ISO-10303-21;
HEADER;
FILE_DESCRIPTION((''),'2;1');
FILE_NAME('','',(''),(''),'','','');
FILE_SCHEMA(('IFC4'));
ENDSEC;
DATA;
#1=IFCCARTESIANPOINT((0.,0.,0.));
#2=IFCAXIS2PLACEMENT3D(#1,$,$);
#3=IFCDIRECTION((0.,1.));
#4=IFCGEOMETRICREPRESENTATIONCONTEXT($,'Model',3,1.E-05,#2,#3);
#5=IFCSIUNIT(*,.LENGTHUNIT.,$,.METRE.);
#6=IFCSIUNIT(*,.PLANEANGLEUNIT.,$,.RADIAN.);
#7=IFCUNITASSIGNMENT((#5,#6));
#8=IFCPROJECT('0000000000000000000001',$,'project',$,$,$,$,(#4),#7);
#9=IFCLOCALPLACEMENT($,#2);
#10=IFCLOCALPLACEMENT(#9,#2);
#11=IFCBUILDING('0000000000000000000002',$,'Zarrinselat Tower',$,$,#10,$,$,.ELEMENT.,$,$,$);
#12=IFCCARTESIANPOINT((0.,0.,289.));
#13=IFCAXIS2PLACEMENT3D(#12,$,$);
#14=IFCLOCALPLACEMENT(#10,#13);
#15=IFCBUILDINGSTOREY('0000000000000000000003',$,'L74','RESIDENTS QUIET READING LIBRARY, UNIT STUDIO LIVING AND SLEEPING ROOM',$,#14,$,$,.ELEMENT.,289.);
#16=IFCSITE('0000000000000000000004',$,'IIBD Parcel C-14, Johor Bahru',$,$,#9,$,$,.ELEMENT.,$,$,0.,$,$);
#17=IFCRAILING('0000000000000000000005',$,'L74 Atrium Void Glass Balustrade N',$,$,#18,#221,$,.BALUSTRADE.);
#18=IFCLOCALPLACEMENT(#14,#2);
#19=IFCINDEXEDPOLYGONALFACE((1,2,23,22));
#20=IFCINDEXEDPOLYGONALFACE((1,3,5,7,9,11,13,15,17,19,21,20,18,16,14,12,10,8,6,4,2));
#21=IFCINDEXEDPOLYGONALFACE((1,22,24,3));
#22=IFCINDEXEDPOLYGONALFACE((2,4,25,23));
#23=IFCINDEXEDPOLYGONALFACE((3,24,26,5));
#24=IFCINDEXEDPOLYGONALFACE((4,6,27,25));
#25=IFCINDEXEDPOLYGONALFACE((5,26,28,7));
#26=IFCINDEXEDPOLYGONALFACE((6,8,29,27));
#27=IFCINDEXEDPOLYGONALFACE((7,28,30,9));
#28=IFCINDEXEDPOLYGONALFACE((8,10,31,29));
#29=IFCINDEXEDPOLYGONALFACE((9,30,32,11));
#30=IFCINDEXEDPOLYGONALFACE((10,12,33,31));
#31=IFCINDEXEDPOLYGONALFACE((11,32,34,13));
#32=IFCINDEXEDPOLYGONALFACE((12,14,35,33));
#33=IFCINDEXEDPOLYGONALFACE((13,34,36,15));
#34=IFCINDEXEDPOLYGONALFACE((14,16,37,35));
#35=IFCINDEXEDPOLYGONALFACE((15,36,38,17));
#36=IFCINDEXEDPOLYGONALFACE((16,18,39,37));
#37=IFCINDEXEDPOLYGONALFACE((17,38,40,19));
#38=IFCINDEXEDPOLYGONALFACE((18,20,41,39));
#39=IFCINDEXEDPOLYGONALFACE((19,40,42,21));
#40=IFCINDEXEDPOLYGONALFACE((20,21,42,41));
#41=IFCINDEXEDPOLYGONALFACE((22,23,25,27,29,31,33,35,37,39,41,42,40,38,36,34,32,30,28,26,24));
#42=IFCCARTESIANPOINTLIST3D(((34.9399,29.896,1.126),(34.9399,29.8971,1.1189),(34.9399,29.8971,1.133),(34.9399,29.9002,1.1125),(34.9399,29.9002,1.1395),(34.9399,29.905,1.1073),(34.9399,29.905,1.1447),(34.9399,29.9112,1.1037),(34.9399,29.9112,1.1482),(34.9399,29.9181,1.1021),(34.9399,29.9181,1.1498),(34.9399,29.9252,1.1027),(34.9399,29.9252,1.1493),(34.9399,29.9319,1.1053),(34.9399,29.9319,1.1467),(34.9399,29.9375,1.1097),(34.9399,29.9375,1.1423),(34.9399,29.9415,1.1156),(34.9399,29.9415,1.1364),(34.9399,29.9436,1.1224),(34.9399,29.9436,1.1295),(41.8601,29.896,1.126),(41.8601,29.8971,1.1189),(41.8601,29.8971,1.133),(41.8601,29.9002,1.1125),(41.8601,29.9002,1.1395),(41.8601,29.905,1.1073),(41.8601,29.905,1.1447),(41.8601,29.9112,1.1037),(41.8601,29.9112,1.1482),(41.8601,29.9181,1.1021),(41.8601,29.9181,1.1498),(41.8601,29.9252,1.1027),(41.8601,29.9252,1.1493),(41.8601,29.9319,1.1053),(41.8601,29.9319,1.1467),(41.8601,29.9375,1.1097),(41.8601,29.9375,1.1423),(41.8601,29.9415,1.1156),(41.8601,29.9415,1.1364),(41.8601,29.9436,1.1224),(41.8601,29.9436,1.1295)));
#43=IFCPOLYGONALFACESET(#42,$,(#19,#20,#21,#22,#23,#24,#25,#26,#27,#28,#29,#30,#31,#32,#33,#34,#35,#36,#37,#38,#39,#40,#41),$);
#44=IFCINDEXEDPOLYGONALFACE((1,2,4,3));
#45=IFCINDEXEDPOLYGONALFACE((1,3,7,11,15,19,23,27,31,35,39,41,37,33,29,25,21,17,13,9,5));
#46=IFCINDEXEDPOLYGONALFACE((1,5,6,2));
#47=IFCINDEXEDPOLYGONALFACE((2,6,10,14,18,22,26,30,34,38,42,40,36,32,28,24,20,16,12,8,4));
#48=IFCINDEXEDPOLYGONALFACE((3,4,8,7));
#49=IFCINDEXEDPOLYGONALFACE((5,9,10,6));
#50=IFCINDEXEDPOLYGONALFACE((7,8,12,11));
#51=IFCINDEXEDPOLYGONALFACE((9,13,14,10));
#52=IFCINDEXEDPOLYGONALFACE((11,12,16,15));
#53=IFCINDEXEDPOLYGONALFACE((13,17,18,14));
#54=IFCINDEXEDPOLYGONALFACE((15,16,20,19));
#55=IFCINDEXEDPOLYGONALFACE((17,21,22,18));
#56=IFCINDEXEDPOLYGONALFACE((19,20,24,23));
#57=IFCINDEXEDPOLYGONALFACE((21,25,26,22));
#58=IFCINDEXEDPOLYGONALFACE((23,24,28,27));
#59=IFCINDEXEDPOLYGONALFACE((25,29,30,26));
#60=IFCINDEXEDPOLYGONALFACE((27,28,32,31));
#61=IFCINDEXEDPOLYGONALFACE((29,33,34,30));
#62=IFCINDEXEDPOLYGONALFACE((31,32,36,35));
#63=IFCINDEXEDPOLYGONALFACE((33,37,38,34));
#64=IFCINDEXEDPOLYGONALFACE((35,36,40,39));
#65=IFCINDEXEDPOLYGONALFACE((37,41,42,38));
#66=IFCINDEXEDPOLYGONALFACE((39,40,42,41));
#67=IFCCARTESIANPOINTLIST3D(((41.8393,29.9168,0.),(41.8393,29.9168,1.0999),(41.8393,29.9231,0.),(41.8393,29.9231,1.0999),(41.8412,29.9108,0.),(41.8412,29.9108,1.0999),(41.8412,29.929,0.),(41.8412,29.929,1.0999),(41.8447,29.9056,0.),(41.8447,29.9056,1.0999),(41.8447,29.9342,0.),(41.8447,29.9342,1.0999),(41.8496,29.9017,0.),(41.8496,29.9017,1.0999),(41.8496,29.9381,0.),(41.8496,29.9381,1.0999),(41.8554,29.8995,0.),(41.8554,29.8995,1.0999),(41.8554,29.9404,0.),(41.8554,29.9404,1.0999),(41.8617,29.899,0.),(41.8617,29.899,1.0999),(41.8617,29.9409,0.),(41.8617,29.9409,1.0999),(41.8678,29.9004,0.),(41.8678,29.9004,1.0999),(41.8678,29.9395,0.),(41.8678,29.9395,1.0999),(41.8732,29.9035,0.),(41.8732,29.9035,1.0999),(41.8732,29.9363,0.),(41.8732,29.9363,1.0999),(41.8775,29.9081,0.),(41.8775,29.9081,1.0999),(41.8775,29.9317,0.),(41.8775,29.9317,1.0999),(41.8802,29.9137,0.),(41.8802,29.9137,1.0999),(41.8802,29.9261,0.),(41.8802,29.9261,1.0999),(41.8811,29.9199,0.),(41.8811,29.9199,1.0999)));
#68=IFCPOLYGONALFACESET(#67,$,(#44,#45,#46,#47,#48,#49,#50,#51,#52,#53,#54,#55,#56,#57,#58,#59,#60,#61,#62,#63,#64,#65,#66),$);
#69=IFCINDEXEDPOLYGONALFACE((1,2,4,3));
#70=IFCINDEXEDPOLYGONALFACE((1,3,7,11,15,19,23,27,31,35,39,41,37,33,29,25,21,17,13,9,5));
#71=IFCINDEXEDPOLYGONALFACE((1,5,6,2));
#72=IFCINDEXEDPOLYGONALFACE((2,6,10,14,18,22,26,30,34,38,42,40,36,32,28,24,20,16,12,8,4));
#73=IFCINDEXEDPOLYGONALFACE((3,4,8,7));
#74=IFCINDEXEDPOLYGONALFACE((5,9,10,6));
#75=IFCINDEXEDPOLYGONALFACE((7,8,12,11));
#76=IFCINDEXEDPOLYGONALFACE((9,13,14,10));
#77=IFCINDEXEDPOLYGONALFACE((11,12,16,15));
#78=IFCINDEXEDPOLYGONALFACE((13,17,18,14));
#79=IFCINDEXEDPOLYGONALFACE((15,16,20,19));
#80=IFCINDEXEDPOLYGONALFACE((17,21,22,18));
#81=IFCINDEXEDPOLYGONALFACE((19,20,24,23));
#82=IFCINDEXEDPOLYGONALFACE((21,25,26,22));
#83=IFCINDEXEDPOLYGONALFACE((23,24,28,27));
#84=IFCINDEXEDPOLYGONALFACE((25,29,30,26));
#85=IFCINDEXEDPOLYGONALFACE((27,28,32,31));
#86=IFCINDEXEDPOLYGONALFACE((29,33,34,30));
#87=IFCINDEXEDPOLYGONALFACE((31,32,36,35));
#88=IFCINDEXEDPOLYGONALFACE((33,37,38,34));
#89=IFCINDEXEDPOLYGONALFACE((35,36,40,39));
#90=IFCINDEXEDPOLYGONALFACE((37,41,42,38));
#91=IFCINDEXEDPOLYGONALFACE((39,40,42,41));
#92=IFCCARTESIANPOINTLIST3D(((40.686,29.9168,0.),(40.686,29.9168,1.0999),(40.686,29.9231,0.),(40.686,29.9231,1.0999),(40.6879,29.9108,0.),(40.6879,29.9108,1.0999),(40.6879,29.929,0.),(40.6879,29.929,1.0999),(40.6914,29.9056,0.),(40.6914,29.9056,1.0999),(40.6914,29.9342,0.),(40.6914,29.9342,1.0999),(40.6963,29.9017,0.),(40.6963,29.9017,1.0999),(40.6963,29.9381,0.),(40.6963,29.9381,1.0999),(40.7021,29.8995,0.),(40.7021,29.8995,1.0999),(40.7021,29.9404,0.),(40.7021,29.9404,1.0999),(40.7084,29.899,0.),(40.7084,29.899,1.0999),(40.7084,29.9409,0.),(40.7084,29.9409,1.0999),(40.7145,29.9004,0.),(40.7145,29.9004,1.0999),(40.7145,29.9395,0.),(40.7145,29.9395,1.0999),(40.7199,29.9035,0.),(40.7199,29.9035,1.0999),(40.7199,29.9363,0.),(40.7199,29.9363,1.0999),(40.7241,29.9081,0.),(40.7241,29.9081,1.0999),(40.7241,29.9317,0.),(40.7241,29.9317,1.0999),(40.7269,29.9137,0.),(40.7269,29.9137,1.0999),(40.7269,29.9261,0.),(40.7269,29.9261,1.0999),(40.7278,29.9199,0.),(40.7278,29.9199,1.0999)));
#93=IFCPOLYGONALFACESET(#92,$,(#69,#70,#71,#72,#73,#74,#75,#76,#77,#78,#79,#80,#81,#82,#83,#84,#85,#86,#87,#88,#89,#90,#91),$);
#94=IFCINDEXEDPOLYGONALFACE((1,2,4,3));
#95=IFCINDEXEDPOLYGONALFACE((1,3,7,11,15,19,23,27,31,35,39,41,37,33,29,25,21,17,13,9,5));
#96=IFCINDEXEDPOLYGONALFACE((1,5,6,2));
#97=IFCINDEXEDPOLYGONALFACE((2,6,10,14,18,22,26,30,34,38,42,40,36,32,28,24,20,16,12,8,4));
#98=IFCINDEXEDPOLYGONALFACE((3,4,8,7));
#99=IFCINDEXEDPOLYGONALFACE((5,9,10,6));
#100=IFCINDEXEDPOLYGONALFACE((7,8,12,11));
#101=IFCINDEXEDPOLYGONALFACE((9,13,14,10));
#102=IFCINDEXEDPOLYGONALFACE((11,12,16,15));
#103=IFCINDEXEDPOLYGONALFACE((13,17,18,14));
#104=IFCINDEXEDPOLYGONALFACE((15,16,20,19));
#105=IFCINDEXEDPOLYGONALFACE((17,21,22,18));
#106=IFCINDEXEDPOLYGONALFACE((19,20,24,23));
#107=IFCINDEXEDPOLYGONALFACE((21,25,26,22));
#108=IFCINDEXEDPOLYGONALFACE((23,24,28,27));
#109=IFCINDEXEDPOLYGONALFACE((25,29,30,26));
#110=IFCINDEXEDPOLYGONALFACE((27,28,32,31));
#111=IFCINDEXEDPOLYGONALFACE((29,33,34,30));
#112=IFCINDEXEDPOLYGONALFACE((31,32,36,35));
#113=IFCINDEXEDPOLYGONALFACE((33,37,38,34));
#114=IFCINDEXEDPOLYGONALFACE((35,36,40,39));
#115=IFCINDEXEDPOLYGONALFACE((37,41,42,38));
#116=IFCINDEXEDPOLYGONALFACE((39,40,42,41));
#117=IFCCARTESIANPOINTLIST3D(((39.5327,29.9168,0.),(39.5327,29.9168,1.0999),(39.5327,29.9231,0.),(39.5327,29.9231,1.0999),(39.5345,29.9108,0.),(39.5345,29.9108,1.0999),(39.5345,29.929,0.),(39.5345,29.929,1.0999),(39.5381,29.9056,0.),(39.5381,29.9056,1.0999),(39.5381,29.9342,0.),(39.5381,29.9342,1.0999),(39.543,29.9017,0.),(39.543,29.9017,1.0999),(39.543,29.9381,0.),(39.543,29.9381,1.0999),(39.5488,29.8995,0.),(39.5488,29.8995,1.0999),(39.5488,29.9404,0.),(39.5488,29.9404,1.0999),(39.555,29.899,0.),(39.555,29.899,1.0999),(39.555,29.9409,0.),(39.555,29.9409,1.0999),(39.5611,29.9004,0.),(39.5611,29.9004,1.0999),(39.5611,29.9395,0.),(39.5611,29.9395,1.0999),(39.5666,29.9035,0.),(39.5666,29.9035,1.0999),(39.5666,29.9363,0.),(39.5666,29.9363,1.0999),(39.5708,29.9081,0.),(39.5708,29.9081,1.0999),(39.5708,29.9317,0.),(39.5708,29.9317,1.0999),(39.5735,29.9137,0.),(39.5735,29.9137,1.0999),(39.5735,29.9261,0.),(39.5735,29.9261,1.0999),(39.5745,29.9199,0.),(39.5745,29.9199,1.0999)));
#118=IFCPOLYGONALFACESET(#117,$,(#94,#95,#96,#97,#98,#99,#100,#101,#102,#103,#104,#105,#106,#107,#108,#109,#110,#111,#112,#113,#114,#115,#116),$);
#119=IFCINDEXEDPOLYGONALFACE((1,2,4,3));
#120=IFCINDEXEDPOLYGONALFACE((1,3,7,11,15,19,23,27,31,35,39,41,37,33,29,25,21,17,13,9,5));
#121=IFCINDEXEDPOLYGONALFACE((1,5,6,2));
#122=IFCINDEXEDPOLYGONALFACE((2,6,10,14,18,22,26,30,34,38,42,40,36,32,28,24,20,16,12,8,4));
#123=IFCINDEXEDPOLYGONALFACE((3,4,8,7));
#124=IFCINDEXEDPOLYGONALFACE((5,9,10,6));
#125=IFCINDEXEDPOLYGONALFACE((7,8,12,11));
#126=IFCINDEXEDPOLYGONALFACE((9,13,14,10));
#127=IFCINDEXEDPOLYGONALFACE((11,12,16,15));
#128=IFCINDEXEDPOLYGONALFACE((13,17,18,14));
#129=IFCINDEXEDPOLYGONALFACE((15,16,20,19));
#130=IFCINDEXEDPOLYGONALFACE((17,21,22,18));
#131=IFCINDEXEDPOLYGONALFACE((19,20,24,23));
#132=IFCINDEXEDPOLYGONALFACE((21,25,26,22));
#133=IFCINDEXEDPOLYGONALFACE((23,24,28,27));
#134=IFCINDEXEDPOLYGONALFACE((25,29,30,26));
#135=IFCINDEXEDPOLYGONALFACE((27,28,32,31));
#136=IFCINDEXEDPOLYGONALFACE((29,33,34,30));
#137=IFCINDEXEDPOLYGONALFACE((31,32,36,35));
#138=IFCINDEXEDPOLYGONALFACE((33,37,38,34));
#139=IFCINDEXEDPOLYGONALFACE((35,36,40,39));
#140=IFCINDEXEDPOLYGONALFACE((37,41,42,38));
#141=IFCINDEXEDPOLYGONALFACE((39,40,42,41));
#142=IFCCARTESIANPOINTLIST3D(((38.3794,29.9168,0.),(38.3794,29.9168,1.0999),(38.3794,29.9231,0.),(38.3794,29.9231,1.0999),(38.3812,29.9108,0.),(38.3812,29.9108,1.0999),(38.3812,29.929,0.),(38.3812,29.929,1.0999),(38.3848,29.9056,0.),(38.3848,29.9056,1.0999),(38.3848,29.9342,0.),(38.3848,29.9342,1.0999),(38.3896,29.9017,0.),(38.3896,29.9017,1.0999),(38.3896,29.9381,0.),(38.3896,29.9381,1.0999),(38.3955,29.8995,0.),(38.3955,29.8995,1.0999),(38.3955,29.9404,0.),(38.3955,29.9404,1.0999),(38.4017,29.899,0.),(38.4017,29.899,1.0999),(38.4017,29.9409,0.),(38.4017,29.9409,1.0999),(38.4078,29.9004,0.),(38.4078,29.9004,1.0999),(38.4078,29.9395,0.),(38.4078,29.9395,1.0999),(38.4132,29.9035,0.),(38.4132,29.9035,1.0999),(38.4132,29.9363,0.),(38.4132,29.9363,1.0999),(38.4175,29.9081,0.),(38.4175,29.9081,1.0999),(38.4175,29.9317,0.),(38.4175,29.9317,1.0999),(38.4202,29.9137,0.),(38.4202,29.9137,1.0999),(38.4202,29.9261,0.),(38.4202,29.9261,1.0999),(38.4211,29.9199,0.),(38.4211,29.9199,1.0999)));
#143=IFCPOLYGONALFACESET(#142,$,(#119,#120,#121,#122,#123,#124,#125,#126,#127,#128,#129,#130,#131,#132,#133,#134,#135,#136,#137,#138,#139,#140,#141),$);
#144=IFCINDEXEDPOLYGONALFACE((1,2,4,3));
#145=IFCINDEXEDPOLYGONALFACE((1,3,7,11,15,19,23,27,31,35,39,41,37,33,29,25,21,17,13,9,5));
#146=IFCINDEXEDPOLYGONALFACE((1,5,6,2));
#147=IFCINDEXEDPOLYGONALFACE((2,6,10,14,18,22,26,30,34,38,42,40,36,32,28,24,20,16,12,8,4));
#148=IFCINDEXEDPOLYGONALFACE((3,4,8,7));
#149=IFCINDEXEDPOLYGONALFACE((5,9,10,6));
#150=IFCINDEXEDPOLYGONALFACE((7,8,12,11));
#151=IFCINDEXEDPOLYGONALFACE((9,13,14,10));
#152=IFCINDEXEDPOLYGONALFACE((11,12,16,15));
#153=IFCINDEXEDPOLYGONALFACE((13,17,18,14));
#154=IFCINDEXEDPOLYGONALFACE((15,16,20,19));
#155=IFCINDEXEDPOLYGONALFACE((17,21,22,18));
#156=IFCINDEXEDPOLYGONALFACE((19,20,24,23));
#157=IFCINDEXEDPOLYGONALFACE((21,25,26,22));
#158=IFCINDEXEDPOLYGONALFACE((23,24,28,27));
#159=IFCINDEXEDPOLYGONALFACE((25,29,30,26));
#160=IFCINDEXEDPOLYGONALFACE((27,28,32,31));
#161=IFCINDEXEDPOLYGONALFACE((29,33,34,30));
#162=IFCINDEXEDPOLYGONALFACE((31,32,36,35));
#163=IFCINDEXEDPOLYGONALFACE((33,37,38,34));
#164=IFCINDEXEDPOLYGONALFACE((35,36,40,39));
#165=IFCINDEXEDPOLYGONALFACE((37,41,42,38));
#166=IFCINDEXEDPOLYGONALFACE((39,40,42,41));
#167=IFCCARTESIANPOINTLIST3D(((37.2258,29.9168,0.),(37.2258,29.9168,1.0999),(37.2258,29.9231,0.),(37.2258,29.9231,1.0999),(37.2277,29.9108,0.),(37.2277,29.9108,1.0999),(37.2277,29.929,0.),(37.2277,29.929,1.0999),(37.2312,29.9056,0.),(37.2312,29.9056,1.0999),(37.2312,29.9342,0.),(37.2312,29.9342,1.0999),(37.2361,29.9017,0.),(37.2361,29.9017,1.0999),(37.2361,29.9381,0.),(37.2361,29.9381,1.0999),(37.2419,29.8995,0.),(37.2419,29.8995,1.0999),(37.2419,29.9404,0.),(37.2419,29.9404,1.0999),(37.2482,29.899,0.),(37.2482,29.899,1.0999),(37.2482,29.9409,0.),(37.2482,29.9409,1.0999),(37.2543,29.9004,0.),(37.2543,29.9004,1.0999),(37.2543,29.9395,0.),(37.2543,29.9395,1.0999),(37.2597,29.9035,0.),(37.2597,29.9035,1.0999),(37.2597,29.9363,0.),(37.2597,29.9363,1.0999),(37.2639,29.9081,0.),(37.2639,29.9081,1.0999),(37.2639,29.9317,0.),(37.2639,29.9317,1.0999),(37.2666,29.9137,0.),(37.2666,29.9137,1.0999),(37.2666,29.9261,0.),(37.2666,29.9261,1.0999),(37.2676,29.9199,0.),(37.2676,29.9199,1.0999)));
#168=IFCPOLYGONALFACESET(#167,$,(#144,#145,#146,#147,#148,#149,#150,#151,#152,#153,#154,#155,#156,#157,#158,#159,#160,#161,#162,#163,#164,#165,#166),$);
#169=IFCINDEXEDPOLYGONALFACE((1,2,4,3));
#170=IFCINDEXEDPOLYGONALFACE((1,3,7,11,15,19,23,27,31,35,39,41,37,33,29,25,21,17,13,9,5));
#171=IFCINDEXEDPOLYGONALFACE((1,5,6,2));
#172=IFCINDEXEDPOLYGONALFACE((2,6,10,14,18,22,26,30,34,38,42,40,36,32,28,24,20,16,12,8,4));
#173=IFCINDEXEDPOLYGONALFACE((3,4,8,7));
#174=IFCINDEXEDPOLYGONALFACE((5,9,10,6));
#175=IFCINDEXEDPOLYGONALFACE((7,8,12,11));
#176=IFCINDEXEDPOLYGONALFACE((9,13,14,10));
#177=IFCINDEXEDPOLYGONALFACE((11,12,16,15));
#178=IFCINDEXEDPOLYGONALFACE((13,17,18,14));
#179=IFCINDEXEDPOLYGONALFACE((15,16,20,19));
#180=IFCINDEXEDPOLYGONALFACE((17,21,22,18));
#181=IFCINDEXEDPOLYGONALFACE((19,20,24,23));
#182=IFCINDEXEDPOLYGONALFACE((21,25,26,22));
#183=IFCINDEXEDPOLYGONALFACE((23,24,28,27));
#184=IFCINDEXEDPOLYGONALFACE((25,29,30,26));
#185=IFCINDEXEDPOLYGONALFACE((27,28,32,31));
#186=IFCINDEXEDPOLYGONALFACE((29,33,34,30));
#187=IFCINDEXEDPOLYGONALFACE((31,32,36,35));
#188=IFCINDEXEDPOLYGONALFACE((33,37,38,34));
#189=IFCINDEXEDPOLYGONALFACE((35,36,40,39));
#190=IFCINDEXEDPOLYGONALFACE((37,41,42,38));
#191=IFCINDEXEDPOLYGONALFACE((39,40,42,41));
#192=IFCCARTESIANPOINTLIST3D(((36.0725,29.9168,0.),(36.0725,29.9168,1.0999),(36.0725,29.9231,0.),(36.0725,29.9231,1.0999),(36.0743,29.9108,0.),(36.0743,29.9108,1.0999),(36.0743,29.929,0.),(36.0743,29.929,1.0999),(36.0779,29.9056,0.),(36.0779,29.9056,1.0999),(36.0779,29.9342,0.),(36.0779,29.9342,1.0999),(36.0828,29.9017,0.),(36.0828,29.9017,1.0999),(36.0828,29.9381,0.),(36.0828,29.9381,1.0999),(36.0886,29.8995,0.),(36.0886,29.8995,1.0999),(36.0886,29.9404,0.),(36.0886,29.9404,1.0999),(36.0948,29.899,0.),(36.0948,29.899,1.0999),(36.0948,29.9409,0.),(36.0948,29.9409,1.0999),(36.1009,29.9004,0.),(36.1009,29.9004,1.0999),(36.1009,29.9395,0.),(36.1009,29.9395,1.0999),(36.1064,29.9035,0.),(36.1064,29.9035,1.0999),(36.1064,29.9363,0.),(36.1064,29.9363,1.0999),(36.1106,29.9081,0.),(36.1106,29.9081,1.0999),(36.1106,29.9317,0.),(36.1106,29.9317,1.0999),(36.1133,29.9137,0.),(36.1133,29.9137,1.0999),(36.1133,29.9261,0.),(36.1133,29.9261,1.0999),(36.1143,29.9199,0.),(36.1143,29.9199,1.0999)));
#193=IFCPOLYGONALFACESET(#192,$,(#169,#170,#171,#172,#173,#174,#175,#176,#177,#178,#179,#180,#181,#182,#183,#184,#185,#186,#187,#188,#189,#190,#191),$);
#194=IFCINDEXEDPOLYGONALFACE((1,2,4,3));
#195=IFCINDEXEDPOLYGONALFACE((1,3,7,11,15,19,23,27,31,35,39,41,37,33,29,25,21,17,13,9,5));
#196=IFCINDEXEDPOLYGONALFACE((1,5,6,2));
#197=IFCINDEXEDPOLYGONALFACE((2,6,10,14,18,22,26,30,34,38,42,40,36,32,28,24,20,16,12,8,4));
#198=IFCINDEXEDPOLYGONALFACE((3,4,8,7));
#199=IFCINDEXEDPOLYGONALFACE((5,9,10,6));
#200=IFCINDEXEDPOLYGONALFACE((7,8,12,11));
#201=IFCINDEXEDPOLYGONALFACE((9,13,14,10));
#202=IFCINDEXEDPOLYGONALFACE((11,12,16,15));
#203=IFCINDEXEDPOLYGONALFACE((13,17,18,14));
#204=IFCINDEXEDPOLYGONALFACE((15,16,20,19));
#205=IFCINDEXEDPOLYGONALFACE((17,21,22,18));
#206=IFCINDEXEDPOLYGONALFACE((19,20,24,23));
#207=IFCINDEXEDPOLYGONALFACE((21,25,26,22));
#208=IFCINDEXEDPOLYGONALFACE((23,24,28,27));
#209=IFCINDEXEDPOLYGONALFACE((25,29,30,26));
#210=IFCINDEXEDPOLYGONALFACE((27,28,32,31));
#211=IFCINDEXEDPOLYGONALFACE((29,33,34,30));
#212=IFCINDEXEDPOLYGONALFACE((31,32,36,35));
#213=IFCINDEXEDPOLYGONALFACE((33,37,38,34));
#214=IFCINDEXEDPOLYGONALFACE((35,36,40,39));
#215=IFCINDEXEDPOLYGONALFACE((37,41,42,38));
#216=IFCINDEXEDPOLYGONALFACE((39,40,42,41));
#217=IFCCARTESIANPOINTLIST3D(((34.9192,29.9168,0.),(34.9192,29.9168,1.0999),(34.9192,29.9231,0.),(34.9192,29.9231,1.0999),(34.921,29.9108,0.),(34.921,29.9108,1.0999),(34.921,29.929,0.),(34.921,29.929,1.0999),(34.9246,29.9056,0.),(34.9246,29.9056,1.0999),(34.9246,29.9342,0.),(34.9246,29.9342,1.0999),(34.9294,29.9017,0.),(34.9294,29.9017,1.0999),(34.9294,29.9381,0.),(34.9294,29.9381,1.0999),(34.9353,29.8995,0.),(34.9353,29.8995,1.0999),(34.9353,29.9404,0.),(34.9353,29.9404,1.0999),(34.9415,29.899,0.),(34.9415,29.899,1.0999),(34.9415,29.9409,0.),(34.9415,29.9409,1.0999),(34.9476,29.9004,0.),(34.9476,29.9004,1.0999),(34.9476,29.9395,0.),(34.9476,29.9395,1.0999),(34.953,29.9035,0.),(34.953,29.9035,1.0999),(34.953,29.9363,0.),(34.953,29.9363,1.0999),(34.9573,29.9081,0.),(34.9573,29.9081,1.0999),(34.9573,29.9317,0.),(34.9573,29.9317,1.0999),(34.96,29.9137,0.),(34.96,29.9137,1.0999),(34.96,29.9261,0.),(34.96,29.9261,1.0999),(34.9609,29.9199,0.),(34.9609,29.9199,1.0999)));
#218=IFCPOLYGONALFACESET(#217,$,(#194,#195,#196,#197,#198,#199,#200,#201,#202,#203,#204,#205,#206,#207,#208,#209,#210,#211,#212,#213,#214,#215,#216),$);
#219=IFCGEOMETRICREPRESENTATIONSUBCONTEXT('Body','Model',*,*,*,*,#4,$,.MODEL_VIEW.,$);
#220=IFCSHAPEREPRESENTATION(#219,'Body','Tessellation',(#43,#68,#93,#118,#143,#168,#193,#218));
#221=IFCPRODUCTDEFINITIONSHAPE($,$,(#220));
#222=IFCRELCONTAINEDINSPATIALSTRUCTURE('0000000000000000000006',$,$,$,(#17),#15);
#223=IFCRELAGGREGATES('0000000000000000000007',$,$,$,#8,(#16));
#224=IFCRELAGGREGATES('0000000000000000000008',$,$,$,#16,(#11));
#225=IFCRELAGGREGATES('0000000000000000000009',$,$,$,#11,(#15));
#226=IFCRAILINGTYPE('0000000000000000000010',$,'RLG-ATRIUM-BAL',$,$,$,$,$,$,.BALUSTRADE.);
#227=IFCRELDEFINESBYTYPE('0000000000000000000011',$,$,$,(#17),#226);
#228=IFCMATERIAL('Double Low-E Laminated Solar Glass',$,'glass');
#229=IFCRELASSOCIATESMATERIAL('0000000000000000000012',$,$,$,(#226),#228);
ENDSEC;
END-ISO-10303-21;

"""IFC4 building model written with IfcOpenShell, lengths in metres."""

from ifc_helpers import new_model, si_unit, direction, frame, origin, origin_2d, place, context, subcontext, project, spatial, circle, extrude, material, type_object, element, save


model = new_model("IFC4")

# Units and contexts
model_context = context("Model", 3, precision=1e-05, world=origin(), true_north=direction((0.0, 1.0)))
body_context = subcontext(model_context, "Body", "Model", "MODEL_VIEW")
ifc_project = project(units=[si_unit("LENGTHUNIT", "METRE"), si_unit("PLANEANGLEUNIT", "RADIAN")], contexts=[model_context])

# Site, building, storey
site_placement = place(None, origin())
site = spatial("IfcSite", under=ifc_project, at=site_placement, Name="IIBD Parcel C-14, Johor Bahru", CompositionType="ELEMENT", RefElevation=0.0)
building_placement = place(site_placement, origin())
building = spatial("IfcBuilding", under=site, at=building_placement, Name="Zarrinselat Tower", CompositionType="ELEMENT")
storey_placement = place(building_placement, frame((0.0, 0.0, 289.0)))
storey = spatial("IfcBuildingStorey", under=building, at=storey_placement, Name="L74", Description="RESIDENTS QUIET READING LIBRARY, UNIT STUDIO LIVING AND SLEEPING ROOM", CompositionType="ELEMENT", Elevation=289.0)

# Railing
ifc_material_1 = material(Name="Double Low-E Laminated Solar Glass", Category="glass")
railing_type = type_object("IfcRailingType", Name="RLG-ATRIUM-BAL", PredefinedType="BALUSTRADE", material=ifc_material_1)
railing_1_placement = place(storey_placement, frame((41.8601, 29.9199, 0.0)))
element("IfcRailing", 1, at=railing_1_placement, inside=storey, type_object=railing_type, Name="L74 Atrium Void Glass Balustrade N", PredefinedType="BALUSTRADE", context=body_context, shape_type="SweptSolid", body=[
    extrude(circle(Radius=0.0239, at=origin_2d()), frame((0.0, 0.0, 1.126), z_axis=(-1.0, 0.0, 0.0), x_axis=(0.0, -1.0, 0.0)), (0.0, 0.0, 1.0), 6.9202),
    extrude(circle(Radius=0.021, at=origin_2d()), origin(), (0.0, 0.0, 1.0), 1.0999),
    extrude(circle(Radius=0.021, at=origin_2d()), frame((-1.1533, 0.0, 0.0)), (0.0, 0.0, 1.0), 1.0999),
    extrude(circle(Radius=0.021, at=origin_2d()), frame((-2.3066, 0.0, 0.0)), (0.0, 0.0, 1.0), 1.0999),
    extrude(circle(Radius=0.021, at=origin_2d()), frame((-3.46, 0.0, 0.0)), (0.0, 0.0, 1.0), 1.0999),
    extrude(circle(Radius=0.021, at=origin_2d()), frame((-4.6135, 0.0, 0.0)), (0.0, 0.0, 1.0), 1.0999),
    extrude(circle(Radius=0.021, at=origin_2d()), frame((-5.7668, 0.0, 0.0)), (0.0, 0.0, 1.0), 1.0999),
    extrude(circle(Radius=0.021, at=origin_2d()), frame((-6.9202, 0.0, 0.0)), (0.0, 0.0, 1.0), 1.0999),
])

save(model, "model.ifc")
